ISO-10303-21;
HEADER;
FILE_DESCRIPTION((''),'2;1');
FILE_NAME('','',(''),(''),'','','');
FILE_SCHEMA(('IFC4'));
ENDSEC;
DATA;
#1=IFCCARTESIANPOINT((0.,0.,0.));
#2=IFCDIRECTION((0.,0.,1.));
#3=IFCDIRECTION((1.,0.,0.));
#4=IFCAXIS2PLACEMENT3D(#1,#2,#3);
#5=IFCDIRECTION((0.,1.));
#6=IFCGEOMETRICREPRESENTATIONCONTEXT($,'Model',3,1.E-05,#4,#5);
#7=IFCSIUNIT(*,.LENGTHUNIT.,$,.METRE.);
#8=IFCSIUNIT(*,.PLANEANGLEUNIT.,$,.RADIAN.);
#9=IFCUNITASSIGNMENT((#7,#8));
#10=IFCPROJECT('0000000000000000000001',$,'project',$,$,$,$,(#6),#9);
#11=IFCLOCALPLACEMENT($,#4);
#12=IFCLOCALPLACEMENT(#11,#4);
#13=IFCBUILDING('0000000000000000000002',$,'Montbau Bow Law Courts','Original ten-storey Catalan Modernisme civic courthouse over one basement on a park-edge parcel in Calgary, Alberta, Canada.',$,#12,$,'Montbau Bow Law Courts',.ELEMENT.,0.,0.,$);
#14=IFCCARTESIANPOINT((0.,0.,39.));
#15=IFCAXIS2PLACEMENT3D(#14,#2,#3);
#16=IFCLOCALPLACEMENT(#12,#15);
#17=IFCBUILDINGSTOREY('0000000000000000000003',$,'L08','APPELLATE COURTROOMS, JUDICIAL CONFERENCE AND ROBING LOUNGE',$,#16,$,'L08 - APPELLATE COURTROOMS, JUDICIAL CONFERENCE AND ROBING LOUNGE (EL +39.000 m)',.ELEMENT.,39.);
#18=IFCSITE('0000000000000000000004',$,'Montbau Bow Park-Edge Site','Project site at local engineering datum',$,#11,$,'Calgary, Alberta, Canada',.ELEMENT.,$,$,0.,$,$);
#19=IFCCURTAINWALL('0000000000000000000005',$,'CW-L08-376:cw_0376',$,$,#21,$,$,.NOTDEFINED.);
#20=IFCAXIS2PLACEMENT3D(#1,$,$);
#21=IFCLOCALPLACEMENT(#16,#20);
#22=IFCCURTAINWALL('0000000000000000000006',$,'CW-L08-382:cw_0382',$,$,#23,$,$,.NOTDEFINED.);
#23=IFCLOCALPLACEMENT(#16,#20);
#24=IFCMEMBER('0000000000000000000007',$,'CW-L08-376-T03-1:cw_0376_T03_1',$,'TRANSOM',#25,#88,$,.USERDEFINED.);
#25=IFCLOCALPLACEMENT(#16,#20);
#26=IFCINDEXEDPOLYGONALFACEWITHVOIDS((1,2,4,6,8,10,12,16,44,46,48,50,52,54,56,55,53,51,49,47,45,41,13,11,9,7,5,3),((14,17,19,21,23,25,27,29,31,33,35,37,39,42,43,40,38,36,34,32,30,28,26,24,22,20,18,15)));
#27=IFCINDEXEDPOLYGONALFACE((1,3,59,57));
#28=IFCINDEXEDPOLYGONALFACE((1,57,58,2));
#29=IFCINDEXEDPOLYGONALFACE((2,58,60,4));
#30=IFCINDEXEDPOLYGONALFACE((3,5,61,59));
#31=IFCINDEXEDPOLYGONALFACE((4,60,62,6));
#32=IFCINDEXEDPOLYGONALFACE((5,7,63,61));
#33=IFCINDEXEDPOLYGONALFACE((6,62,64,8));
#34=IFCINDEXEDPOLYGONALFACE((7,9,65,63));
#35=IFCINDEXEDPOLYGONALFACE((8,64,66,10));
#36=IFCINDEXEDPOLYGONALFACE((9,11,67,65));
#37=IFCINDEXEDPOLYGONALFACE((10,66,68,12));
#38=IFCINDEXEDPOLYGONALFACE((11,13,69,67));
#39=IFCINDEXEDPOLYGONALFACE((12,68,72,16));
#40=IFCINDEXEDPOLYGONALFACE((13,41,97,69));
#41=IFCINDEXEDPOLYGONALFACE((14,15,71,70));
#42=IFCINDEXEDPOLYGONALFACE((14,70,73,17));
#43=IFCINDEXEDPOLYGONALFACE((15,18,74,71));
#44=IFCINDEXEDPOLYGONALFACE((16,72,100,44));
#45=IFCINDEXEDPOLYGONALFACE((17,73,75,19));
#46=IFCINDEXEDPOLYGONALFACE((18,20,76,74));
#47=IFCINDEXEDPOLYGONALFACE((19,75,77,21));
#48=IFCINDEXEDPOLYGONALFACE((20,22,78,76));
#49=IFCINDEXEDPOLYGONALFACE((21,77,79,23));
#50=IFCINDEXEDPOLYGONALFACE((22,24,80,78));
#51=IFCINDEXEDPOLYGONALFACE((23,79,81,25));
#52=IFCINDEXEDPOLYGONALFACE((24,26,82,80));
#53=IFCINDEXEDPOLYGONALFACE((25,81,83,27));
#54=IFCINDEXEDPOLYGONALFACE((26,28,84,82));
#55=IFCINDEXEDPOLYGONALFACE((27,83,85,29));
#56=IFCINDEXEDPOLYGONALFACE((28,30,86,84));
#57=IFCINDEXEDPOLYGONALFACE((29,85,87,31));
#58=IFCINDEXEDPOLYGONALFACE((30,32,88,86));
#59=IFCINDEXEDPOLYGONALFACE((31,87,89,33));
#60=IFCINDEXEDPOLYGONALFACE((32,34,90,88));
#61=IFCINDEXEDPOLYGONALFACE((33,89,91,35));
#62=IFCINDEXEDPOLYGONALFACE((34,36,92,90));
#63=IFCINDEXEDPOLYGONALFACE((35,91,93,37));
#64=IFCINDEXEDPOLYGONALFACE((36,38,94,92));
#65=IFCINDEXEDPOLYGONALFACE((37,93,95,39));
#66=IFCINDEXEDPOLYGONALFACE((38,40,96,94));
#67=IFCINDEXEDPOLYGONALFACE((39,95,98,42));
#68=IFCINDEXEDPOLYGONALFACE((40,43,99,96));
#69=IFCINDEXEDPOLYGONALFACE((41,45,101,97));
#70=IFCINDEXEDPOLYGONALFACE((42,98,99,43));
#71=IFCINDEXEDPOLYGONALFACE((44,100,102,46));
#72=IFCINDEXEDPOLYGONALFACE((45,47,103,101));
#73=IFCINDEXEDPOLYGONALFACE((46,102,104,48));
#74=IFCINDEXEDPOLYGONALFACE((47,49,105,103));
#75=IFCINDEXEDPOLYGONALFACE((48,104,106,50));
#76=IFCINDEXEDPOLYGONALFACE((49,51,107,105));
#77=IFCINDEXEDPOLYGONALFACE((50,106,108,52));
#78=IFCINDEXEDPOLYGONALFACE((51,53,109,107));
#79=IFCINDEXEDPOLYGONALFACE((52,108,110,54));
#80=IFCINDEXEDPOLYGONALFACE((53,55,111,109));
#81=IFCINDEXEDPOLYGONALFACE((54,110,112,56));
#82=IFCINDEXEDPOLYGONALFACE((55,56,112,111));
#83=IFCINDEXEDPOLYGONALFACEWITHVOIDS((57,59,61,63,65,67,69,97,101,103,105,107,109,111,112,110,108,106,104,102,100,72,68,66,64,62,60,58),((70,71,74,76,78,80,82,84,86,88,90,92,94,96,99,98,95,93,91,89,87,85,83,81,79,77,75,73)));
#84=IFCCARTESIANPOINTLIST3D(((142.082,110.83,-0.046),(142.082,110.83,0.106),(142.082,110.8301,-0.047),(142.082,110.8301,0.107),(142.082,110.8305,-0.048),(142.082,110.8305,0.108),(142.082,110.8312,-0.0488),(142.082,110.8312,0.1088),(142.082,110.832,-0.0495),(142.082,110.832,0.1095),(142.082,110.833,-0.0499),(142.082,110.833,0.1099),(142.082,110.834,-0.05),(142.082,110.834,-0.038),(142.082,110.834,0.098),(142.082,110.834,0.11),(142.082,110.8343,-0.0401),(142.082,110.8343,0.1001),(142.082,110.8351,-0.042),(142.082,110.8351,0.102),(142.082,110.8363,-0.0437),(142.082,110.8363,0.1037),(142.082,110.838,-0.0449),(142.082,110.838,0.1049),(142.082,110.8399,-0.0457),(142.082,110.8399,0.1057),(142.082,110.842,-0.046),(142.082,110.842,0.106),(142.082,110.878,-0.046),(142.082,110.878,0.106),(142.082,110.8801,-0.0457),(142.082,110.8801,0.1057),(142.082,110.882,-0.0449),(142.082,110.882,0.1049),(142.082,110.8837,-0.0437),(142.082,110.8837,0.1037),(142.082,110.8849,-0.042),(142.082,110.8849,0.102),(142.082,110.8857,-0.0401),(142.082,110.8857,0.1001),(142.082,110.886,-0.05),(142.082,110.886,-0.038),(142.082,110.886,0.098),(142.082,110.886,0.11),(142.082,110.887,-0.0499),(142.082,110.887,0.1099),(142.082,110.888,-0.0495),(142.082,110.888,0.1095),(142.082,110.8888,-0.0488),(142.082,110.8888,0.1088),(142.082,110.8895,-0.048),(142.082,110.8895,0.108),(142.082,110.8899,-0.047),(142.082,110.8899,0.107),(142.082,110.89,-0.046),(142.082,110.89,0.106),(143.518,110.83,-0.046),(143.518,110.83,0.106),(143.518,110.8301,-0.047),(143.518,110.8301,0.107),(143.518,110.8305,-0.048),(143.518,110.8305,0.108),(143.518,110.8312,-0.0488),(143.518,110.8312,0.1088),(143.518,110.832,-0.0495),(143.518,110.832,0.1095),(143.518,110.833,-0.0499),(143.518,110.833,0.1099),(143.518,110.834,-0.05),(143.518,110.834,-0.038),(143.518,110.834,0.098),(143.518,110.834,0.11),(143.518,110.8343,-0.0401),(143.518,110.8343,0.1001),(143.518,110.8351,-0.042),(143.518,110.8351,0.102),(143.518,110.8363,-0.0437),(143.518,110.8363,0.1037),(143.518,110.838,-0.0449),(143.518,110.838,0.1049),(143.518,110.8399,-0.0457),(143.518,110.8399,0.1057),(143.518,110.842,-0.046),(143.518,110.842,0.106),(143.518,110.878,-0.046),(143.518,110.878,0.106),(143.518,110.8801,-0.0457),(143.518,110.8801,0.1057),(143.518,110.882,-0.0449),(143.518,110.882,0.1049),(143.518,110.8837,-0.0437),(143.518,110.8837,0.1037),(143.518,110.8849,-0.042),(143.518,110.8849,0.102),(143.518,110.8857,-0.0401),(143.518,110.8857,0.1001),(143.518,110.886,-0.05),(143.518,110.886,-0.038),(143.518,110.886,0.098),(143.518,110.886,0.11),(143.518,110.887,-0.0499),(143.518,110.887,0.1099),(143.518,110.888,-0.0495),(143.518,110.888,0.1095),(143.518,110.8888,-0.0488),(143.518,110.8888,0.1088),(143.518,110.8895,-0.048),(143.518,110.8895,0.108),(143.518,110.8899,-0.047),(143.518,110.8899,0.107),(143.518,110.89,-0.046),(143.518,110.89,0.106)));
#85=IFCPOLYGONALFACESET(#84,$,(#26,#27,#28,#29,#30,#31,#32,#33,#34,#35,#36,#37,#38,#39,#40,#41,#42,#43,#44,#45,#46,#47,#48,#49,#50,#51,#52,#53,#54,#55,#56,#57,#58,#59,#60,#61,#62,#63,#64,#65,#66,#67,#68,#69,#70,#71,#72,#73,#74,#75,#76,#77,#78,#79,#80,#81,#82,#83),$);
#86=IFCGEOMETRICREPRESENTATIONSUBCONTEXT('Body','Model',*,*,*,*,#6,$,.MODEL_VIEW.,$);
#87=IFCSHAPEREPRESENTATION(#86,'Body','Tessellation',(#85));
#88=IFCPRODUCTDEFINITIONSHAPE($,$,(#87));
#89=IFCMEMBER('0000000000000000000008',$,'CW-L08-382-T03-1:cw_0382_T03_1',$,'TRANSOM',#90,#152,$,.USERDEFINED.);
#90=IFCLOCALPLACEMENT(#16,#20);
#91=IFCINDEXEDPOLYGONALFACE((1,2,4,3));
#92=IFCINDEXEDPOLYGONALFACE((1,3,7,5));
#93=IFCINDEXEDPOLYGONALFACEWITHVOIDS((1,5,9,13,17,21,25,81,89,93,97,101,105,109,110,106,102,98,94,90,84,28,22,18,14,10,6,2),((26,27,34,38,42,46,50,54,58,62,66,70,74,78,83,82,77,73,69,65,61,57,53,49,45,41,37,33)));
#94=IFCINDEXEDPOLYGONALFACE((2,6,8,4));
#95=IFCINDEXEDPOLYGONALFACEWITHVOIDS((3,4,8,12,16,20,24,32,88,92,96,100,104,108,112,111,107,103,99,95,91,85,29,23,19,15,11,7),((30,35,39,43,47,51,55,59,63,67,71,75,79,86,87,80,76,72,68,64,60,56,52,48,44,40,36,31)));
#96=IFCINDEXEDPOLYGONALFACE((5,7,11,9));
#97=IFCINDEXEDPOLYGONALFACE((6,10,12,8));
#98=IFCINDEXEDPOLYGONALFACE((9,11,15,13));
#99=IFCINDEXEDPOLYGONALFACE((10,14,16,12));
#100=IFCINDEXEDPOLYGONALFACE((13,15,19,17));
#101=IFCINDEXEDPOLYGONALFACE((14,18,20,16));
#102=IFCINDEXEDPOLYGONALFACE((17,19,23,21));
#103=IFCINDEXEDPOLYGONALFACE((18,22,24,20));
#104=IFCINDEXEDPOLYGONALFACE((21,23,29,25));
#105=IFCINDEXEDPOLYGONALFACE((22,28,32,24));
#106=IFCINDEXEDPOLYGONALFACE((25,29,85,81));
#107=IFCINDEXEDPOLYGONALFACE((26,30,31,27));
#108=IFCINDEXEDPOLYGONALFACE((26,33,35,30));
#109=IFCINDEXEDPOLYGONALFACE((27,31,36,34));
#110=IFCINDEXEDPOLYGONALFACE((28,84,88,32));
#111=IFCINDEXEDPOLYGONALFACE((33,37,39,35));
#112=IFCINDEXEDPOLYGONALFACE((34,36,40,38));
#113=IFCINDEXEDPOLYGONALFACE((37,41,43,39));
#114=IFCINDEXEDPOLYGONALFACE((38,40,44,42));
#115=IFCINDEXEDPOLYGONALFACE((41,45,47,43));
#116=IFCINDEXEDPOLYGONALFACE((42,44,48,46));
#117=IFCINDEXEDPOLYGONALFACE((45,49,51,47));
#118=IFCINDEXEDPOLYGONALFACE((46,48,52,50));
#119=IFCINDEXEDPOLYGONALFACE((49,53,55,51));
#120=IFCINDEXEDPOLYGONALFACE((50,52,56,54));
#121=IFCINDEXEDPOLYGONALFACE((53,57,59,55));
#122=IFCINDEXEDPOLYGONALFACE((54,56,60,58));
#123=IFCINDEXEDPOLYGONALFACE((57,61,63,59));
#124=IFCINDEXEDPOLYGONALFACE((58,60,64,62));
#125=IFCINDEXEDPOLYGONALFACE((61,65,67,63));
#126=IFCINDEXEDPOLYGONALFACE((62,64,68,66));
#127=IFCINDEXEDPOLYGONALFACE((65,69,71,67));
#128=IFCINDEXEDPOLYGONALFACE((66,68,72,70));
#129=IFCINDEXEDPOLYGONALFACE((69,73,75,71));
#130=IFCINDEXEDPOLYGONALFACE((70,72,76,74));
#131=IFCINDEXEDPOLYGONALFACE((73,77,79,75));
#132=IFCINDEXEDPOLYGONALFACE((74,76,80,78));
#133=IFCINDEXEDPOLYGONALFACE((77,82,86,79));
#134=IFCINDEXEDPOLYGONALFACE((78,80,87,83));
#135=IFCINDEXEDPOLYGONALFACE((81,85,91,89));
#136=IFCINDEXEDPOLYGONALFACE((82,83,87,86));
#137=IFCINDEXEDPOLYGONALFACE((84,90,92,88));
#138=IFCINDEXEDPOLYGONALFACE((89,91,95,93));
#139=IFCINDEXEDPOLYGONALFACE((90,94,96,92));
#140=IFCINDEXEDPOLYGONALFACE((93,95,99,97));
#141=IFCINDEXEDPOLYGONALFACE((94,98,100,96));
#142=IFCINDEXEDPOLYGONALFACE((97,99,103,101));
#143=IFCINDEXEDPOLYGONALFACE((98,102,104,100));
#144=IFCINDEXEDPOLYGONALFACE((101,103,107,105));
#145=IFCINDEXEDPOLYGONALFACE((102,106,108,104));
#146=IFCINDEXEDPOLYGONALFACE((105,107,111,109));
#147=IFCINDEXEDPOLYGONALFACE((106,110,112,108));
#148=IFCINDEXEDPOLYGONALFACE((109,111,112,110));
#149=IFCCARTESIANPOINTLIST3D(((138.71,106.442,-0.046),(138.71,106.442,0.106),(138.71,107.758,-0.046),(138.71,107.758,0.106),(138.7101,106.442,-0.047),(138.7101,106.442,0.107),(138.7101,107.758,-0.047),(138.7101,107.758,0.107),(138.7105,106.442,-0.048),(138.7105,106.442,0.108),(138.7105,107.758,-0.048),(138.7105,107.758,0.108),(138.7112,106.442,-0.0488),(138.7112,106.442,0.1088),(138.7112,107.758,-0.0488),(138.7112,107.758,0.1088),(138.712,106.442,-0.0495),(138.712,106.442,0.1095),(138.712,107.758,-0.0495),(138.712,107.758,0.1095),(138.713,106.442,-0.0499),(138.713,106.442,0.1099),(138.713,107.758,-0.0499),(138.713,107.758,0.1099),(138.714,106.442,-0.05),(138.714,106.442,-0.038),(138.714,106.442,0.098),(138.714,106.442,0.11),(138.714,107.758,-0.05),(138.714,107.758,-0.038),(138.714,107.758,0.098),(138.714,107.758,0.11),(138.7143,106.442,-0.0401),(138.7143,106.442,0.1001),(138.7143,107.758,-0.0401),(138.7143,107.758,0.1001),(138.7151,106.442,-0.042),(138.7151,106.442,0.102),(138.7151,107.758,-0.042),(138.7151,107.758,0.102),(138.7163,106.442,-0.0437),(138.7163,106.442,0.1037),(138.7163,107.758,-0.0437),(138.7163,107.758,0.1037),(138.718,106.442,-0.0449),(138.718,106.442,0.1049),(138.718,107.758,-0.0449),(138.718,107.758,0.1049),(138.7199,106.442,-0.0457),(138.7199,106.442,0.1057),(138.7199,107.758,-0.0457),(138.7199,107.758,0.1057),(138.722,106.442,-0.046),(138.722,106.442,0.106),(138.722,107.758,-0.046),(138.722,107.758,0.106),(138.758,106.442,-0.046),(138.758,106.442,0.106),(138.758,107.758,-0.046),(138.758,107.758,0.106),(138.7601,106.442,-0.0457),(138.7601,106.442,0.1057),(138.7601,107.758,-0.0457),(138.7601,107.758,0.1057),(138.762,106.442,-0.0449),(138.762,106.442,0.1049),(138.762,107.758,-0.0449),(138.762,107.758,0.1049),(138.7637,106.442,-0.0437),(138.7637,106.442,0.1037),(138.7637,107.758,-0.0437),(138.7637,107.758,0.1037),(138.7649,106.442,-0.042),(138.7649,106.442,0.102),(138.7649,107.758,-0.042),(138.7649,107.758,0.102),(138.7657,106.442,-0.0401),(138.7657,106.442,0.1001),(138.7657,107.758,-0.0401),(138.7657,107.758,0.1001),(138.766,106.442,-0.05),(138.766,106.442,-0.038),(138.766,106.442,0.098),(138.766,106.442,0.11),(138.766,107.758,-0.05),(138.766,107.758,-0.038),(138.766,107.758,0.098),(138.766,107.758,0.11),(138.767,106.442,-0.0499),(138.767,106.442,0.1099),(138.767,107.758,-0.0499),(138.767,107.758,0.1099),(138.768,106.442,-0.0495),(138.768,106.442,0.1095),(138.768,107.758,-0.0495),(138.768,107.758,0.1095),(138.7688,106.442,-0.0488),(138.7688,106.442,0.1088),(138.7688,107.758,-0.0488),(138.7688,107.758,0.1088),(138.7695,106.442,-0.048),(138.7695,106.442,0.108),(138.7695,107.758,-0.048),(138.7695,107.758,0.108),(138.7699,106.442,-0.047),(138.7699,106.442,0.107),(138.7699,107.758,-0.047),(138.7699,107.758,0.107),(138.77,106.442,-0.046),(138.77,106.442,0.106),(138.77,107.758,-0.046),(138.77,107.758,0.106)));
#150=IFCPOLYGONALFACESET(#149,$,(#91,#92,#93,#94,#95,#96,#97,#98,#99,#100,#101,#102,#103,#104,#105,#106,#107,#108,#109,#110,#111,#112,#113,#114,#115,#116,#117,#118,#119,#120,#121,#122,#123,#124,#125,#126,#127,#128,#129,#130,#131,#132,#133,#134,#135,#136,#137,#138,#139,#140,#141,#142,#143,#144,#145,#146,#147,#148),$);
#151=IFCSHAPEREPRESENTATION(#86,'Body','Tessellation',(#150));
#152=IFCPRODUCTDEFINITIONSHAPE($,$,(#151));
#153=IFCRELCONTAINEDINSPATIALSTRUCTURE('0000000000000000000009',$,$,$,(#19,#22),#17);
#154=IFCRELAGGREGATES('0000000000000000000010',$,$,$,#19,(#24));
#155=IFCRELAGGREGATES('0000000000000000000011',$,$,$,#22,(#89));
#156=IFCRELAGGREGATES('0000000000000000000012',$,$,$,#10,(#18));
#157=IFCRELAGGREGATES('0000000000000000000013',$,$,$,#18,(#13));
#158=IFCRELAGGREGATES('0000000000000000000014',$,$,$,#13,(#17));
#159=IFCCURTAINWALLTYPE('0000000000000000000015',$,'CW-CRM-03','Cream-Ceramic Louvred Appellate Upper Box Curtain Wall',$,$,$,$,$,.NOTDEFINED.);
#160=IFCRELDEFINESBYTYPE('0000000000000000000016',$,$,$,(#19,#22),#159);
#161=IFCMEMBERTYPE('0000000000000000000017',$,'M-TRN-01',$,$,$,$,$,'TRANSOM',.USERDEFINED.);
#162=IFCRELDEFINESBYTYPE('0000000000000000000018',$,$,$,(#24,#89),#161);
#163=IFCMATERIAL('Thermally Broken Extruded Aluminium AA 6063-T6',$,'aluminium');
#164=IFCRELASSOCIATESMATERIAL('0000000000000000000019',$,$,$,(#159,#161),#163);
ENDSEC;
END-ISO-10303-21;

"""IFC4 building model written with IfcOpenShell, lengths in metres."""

from ifc_helpers import new_model, si_unit, direction, frame, origin_with_axes, origin_2d_with_axis, place, context, subcontext, project, spatial, hollow_rectangle, extrude, material, material_profile, profile_set, type_object, element, aggregate, save


model = new_model("IFC4")

# Units and contexts
model_context = context("Model", 3, precision=1e-05, world=origin_with_axes(), true_north=direction((0.0, 1.0)))
body_context = subcontext(model_context, "Body", "Model", "MODEL_VIEW")
ifc_project = project(units=[si_unit("LENGTHUNIT", "METRE"), si_unit("PLANEANGLEUNIT", "RADIAN")], contexts=[model_context])

# Site, building, storey
site_placement = place(None, origin_with_axes())
site = spatial("IfcSite", under=ifc_project, at=site_placement, Name="Montbau Bow Park-Edge Site", Description="Project site at local engineering datum", LongName="Calgary, Alberta, Canada", CompositionType="ELEMENT", RefElevation=0.0)
building_placement = place(site_placement, origin_with_axes())
building = spatial("IfcBuilding", under=site, at=building_placement, Name="Montbau Bow Law Courts", Description="Original ten-storey Catalan Modernisme civic courthouse over one basement on a park-edge parcel in Calgary, Alberta, Canada.", LongName="Montbau Bow Law Courts", CompositionType="ELEMENT", ElevationOfRefHeight=0.0, ElevationOfTerrain=0.0)
storey_placement = place(building_placement, frame((0.0, 0.0, 39.0), z_axis=(0.0, 0.0, 1.0), x_axis=(1.0, 0.0, 0.0)))
storey = spatial("IfcBuildingStorey", under=building, at=storey_placement, Name="L08", Description="APPELLATE COURTROOMS, JUDICIAL CONFERENCE AND ROBING LOUNGE", LongName="L08 - APPELLATE COURTROOMS, JUDICIAL CONFERENCE AND ROBING LOUNGE (EL +39.000 m)", CompositionType="ELEMENT", Elevation=39.0)

# Curtain walls
ifc_material_1 = material(Name="Thermally Broken Extruded Aluminium AA 6063-T6", Category="aluminium")
curtain_wall_type = type_object("IfcCurtainWallType", Name="CW-CRM-03", Description="Cream-Ceramic Louvred Appellate Upper Box Curtain Wall", PredefinedType="NOTDEFINED", material=ifc_material_1)
curtain_wall_1_placement = place(None, frame((139.04, 110.86, 39.0), z_axis=(0.0, 0.0, 1.0), x_axis=(1.0, 0.0, 0.0)))
curtain_wall_1 = element("IfcCurtainWall", 1, at=curtain_wall_1_placement, inside=storey, type_object=curtain_wall_type, Name="CW-L08-376:cw_0376", PredefinedType="NOTDEFINED")
curtain_wall_2_placement = place(None, frame((138.74, 103.64, 39.0), z_axis=(0.0, 0.0, 1.0), x_axis=(1.0, 0.0, 0.0)))
curtain_wall_2 = element("IfcCurtainWall", 2, at=curtain_wall_2_placement, inside=storey, type_object=curtain_wall_type, Name="CW-L08-382:cw_0382", PredefinedType="NOTDEFINED")

# Members
ifc_material_profile_1 = material_profile(ifc_material_1, hollow_rectangle(XDim=0.06, YDim=0.16, WallThickness=0.004, InnerFilletRadius=0.008, OuterFilletRadius=0.004, at=origin_2d_with_axis()), Name="CWT-160X60", Category="Main", Priority=0)
ifc_profile_set_1 = profile_set([ifc_material_profile_1], Name="Thermally Broken Extruded Aluminium AA 6063-T6")
member_type_1 = type_object("IfcMemberType", Name="M-TRN-01", ElementType="TRANSOM", PredefinedType="USERDEFINED", material=ifc_profile_set_1)
member_1_placement = place(None, frame((142.082, 110.86, 39.03), z_axis=(1.0, 0.0, 0.0), x_axis=(0.0, 1.0, 0.0)))
member_1 = element("IfcMember", 3, at=member_1_placement, type_object=member_type_1, Name="CW-L08-376-T03-1:cw_0376_T03_1", ObjectType="TRANSOM", PredefinedType="USERDEFINED", context=body_context, shape_type="SweptSolid", body=[
    extrude(hollow_rectangle(XDim=0.06, YDim=0.16, WallThickness=0.004, InnerFilletRadius=0.008, OuterFilletRadius=0.004, at=origin_2d_with_axis()), origin_with_axes(), (0.0, 0.0, 1.0), 1.436),
])
aggregate(curtain_wall_1, [member_1])
member_2_placement = place(None, frame((138.74, 106.442, 39.03), z_axis=(0.0, 1.0, 0.0), x_axis=(-1.0, 0.0, 0.0)))
member_2 = element("IfcMember", 4, at=member_2_placement, type_object=member_type_1, Name="CW-L08-382-T03-1:cw_0382_T03_1", ObjectType="TRANSOM", PredefinedType="USERDEFINED", context=body_context, shape_type="SweptSolid", body=[
    extrude(hollow_rectangle(XDim=0.06, YDim=0.16, WallThickness=0.004, InnerFilletRadius=0.008, OuterFilletRadius=0.004, at=origin_2d_with_axis()), origin_with_axes(), (0.0, 0.0, 1.0), 1.316),
])

aggregate(curtain_wall_2, [member_2])

save(model, "model.ifc")
